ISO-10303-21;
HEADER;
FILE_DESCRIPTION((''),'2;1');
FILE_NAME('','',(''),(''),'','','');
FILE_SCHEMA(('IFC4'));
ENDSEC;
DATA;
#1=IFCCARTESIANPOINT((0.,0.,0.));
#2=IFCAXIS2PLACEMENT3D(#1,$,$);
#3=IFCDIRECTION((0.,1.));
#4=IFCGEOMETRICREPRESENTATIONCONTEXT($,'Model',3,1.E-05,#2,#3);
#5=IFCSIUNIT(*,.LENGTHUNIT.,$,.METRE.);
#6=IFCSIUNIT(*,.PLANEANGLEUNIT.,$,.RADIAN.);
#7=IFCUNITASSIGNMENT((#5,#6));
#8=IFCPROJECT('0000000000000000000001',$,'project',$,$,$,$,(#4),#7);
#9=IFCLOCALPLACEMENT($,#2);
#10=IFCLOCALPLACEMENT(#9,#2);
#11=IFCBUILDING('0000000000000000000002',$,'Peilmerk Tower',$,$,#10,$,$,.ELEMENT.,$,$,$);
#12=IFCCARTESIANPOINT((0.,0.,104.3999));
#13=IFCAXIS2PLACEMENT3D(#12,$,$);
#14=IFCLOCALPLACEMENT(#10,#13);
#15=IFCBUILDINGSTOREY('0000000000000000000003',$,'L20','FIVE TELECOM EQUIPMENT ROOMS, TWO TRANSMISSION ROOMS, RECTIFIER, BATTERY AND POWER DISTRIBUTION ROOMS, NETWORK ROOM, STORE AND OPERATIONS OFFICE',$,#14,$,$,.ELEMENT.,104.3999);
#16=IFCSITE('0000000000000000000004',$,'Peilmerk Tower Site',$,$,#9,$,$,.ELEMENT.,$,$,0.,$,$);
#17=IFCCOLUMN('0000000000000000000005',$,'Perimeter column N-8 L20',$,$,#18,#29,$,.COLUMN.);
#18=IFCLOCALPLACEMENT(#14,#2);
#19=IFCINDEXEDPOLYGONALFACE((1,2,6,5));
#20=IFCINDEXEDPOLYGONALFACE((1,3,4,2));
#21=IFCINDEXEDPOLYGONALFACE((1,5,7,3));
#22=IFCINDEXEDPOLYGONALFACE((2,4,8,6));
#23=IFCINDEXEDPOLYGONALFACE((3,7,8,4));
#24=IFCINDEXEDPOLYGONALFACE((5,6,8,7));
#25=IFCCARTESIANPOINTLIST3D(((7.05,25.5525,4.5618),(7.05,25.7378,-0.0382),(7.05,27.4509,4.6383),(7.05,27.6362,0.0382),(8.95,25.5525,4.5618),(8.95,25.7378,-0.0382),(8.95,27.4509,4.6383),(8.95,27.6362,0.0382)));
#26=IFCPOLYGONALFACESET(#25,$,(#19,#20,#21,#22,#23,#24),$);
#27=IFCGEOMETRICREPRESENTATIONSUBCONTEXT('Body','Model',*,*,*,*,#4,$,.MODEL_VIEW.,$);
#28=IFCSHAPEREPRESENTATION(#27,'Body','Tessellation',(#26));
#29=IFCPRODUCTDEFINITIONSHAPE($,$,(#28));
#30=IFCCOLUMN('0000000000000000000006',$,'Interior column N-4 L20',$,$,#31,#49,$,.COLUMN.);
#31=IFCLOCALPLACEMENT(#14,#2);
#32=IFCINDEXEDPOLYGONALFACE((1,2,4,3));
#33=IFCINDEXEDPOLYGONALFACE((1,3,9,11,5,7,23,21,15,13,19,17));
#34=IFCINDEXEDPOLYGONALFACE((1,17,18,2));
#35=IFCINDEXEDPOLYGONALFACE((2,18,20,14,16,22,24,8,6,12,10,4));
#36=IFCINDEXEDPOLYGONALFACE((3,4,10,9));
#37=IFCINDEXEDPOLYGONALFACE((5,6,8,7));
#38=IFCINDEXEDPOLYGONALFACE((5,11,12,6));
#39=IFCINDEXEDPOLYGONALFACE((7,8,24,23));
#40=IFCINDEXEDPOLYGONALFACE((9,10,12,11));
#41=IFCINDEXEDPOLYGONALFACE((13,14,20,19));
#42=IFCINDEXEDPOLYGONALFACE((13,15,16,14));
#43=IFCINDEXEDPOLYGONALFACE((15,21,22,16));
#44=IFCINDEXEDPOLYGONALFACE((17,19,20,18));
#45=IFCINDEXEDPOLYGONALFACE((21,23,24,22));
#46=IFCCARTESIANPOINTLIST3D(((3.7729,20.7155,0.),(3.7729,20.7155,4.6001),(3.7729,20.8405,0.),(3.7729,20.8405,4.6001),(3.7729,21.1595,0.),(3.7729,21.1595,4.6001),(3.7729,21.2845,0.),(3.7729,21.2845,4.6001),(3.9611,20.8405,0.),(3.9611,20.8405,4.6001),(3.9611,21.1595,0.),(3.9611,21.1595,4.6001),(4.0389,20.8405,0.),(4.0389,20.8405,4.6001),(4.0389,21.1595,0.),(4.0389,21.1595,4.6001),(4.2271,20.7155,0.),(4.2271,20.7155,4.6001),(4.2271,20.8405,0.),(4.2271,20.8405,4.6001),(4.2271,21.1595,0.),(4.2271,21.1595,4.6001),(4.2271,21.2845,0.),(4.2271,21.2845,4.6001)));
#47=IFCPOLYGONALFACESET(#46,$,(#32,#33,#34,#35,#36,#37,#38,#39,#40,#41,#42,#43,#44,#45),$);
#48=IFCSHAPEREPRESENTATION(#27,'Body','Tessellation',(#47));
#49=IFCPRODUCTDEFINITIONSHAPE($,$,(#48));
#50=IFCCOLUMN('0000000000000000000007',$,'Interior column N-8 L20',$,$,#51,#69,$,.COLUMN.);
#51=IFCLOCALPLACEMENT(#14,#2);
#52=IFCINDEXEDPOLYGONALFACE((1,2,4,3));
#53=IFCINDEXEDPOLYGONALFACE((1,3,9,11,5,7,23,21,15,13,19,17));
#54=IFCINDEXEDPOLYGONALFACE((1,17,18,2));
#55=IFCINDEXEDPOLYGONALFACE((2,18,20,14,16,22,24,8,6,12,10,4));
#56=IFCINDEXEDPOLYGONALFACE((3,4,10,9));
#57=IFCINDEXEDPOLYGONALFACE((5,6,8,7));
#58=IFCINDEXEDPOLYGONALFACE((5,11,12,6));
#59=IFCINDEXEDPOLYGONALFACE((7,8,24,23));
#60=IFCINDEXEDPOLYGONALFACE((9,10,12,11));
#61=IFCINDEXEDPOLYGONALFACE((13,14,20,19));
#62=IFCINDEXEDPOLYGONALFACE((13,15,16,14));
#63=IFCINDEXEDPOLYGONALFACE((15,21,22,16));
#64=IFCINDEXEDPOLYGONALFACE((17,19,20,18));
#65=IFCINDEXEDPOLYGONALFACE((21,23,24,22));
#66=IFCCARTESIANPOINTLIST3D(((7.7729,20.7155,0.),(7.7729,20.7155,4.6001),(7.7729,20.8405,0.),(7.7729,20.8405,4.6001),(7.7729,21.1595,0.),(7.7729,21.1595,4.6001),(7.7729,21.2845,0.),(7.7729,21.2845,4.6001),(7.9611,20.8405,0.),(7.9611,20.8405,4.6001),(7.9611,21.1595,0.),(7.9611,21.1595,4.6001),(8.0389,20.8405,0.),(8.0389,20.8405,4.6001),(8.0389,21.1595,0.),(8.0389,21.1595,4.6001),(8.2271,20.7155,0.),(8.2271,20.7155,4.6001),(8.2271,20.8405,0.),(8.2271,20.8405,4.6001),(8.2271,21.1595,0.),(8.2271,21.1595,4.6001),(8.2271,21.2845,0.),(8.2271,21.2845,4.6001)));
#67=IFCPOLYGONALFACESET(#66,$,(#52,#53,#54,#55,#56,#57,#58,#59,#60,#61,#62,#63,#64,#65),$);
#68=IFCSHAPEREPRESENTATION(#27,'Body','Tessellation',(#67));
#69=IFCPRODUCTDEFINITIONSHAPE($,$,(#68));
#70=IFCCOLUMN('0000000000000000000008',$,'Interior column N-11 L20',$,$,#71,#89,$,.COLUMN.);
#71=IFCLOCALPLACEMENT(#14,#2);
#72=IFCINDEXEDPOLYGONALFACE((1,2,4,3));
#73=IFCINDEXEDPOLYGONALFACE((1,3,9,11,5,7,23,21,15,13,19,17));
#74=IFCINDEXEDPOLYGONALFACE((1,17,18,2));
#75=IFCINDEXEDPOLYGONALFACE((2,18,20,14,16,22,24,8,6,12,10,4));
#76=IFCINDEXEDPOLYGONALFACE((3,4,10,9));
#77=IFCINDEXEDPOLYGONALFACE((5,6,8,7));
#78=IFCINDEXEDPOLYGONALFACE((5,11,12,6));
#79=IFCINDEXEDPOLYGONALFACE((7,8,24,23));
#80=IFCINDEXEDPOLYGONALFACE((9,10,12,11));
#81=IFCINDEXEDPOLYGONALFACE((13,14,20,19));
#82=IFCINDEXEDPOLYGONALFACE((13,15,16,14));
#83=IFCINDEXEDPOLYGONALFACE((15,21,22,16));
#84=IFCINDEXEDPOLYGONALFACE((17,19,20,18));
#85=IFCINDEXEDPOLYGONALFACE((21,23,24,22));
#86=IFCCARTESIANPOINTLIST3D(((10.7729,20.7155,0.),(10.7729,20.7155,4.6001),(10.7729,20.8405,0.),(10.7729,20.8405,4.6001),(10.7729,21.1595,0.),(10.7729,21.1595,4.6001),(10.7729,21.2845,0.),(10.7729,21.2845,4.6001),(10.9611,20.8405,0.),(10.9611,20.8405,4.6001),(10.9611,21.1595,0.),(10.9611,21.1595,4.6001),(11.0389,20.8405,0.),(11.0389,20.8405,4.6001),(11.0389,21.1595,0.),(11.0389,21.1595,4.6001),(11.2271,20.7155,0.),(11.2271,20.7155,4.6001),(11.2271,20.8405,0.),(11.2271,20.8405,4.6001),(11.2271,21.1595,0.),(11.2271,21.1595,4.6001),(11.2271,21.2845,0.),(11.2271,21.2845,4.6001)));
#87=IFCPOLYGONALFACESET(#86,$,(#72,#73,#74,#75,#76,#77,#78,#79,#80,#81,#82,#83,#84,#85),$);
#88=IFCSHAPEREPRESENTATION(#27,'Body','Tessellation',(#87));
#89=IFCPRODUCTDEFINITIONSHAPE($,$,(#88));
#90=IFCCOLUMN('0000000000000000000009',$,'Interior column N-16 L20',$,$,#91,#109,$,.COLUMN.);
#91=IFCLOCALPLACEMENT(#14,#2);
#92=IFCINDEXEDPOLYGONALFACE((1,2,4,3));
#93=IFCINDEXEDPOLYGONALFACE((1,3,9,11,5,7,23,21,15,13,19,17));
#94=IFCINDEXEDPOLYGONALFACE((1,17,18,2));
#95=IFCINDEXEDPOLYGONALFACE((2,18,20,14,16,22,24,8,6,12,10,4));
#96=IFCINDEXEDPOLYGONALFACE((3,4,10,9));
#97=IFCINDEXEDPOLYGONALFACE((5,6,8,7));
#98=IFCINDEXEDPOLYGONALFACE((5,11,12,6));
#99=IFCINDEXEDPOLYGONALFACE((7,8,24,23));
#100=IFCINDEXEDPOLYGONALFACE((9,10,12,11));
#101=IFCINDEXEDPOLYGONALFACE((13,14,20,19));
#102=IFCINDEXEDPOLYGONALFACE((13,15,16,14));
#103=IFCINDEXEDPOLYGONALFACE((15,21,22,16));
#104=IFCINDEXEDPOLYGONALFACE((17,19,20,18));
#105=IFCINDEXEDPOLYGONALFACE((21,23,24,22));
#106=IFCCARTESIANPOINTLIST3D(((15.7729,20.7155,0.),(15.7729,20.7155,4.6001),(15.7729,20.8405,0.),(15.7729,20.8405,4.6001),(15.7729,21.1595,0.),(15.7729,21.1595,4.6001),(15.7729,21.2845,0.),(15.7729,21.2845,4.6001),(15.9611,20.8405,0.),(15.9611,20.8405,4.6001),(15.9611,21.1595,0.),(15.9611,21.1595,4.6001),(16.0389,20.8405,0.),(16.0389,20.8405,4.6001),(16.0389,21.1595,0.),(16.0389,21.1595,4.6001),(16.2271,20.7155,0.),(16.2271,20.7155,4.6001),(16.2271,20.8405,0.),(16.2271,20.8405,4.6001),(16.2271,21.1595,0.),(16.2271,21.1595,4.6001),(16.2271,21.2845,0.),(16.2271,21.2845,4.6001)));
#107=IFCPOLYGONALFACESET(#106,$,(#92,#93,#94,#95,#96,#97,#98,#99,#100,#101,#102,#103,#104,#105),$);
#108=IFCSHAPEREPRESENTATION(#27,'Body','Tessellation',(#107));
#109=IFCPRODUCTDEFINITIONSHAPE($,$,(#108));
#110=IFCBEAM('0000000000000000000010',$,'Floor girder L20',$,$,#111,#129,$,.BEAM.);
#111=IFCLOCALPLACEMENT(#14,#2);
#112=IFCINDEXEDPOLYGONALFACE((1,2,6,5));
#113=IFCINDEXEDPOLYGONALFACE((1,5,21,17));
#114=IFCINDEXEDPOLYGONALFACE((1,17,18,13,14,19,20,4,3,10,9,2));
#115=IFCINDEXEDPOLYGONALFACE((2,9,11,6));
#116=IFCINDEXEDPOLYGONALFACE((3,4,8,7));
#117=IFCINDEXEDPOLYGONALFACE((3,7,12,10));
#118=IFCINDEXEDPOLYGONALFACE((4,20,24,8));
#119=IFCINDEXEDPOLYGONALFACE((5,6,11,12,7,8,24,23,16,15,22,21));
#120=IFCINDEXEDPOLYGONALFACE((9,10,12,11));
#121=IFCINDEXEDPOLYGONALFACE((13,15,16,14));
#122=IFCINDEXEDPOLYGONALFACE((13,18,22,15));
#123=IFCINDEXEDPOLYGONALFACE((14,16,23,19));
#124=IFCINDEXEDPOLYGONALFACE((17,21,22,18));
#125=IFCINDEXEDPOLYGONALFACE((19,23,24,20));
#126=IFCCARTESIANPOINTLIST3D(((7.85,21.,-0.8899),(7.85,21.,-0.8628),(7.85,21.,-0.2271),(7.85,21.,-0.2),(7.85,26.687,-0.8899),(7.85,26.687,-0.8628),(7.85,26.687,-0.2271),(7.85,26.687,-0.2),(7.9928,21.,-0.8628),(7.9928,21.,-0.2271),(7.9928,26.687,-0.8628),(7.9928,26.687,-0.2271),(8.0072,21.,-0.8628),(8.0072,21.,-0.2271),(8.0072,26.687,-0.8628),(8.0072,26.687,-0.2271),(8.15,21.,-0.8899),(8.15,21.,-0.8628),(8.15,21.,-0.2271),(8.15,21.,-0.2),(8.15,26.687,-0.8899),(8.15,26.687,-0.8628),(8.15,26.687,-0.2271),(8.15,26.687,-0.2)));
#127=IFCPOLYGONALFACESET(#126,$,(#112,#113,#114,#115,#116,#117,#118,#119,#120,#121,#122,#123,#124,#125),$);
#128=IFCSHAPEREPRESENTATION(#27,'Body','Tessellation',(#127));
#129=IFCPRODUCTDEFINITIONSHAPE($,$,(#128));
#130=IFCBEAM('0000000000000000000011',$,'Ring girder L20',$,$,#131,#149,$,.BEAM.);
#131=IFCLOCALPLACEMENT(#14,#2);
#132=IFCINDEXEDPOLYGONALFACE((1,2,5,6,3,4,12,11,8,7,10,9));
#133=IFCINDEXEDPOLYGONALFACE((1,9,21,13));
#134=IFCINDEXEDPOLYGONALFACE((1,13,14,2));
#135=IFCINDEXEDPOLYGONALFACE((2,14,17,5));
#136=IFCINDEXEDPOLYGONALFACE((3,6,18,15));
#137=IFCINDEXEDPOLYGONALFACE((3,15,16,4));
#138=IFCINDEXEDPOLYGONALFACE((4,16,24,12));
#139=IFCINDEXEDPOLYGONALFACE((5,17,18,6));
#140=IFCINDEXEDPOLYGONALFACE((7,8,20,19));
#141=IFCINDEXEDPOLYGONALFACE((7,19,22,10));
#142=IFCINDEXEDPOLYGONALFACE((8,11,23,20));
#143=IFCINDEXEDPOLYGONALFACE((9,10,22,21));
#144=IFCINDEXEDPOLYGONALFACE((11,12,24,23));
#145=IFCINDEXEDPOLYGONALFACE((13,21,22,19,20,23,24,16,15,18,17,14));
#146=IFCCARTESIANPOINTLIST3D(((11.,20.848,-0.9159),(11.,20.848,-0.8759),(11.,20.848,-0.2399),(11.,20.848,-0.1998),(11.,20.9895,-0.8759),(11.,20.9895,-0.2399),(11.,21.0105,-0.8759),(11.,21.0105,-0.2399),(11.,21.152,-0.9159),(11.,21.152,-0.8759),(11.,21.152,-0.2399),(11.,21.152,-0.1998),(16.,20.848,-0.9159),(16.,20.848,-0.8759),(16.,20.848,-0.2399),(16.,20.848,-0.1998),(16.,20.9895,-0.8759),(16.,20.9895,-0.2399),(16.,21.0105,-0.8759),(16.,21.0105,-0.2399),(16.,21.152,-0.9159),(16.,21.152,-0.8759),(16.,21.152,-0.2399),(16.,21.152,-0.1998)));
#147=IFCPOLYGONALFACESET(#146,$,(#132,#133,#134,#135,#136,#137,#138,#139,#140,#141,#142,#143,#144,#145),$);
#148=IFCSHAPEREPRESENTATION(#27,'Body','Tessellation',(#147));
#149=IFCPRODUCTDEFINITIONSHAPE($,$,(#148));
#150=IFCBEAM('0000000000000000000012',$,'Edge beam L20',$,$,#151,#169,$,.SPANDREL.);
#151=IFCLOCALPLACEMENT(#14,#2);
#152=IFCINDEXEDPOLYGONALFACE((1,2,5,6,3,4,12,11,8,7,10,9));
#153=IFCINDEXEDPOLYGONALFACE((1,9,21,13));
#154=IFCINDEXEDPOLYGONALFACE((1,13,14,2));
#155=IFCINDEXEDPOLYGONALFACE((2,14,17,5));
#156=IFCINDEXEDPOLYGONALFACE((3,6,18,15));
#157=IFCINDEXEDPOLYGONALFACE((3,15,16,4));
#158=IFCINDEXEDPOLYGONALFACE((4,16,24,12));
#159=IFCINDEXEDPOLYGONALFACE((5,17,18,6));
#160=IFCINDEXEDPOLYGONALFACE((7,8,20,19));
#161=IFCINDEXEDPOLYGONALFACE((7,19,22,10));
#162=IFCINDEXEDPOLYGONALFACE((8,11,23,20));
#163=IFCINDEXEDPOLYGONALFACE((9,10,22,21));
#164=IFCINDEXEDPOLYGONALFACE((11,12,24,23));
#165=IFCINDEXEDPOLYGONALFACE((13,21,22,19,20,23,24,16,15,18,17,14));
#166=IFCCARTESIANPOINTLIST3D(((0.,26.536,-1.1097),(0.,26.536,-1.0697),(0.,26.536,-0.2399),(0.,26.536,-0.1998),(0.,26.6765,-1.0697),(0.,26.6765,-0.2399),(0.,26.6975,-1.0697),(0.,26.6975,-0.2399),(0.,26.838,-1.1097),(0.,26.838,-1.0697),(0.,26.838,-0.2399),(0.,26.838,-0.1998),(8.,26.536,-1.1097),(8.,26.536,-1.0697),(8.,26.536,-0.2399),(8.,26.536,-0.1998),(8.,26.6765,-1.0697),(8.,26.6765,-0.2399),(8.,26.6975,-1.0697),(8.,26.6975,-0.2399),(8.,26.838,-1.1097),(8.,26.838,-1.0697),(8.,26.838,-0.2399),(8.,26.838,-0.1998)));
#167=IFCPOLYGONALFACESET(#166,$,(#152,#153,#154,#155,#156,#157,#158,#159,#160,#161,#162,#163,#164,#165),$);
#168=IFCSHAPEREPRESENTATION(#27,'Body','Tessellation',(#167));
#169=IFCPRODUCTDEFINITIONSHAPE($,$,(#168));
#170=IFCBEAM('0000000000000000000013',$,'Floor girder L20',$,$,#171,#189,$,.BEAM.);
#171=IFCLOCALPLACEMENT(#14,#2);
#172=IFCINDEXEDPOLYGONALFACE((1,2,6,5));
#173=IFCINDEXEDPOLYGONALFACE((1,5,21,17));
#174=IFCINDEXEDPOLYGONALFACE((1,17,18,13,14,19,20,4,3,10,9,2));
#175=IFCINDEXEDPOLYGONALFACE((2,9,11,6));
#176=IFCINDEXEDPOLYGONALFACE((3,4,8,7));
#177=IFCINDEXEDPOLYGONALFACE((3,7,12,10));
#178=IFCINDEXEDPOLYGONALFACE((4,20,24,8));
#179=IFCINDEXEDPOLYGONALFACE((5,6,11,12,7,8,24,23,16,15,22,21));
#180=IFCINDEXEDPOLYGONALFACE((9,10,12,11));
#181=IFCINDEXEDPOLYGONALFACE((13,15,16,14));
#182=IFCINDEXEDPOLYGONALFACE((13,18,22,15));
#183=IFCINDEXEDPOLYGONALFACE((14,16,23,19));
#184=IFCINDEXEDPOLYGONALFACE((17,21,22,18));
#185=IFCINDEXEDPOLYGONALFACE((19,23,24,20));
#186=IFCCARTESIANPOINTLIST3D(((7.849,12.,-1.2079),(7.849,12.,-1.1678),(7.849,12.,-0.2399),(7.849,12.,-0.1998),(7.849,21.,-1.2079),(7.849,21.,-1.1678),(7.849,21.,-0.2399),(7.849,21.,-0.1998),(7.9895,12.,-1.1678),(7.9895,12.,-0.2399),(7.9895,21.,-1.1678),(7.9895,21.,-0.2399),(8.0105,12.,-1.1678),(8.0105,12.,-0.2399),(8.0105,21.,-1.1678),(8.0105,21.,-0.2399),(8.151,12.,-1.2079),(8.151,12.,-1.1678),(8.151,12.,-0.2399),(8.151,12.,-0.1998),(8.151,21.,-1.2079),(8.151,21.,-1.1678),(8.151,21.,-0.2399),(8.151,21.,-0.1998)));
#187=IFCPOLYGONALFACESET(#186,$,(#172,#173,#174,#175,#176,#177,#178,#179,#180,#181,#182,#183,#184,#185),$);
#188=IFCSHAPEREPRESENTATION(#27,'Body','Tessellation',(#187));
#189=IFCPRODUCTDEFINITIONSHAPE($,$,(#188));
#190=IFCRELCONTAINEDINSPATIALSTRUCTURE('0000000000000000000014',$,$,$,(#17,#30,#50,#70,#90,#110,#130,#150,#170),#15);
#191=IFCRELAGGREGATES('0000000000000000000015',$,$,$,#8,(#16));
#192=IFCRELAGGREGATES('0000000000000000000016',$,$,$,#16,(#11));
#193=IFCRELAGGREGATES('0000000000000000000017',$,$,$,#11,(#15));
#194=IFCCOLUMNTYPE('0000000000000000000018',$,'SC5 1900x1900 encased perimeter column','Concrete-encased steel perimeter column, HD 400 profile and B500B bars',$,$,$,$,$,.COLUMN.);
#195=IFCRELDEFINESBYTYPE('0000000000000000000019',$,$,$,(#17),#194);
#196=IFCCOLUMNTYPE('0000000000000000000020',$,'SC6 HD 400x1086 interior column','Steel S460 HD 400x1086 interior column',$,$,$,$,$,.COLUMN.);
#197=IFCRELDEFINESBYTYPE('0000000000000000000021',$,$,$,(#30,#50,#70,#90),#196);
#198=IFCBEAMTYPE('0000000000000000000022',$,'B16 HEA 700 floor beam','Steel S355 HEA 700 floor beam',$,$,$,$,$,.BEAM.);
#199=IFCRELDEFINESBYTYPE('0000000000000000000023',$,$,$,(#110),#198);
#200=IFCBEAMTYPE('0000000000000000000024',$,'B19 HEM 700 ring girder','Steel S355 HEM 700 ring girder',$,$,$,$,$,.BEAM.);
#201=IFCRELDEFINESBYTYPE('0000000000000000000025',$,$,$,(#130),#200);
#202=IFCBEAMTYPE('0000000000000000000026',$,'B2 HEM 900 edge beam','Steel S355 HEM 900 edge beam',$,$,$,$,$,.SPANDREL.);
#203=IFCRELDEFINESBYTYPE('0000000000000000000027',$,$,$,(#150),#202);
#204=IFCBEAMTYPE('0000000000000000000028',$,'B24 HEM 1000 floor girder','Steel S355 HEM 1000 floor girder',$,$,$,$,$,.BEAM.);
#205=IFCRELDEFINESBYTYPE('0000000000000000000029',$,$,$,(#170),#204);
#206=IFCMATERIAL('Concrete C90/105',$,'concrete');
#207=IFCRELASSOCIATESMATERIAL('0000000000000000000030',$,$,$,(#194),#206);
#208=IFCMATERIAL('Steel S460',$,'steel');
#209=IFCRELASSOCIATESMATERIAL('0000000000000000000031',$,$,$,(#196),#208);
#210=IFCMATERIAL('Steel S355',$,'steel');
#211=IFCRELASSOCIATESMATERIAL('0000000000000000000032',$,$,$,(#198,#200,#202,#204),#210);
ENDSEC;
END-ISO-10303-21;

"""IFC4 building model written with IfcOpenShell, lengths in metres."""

from ifc_helpers import new_model, si_unit, direction, frame, origin, origin_2d, place, context, subcontext, project, spatial, rectangle, i_section, extrude, material, material_profile, profile_set, type_object, element, save


model = new_model("IFC4")

# Units and contexts
model_context = context("Model", 3, precision=1e-05, world=origin(), true_north=direction((0.0, 1.0)))
body_context = subcontext(model_context, "Body", "Model", "MODEL_VIEW")
ifc_project = project(units=[si_unit("LENGTHUNIT", "METRE"), si_unit("PLANEANGLEUNIT", "RADIAN")], contexts=[model_context])

# Site, building, storey
site_placement = place(None, origin())
site = spatial("IfcSite", under=ifc_project, at=site_placement, Name="Peilmerk Tower Site", CompositionType="ELEMENT", RefElevation=0.0)
building_placement = place(site_placement, origin())
building = spatial("IfcBuilding", under=site, at=building_placement, Name="Peilmerk Tower", CompositionType="ELEMENT")
storey_placement = place(building_placement, frame((0.0, 0.0, 104.3999)))
storey = spatial("IfcBuildingStorey", under=building, at=storey_placement, Name="L20", Description="FIVE TELECOM EQUIPMENT ROOMS, TWO TRANSMISSION ROOMS, RECTIFIER, BATTERY AND POWER DISTRIBUTION ROOMS, NETWORK ROOM, STORE AND OPERATIONS OFFICE", CompositionType="ELEMENT", Elevation=104.3999)

# Columns
ifc_material_1 = material(Name="Concrete C90/105", Category="concrete")
ifc_material_profile_1 = material_profile(ifc_material_1, rectangle(XDim=1.8999, YDim=1.8999, at=origin_2d()), Name="RC 1900x1900")
ifc_profile_set_1 = profile_set([ifc_material_profile_1], Name="Concrete C90/105")
column_type_1 = type_object("IfcColumnType", Name="SC5 1900x1900 encased perimeter column", Description="Concrete-encased steel perimeter column, HD 400 profile and B500B bars", PredefinedType="COLUMN", material=ifc_profile_set_1)
column_placement = place(storey_placement, frame((8.0, 26.687, 0.0), z_axis=(0.0, -0.04025, 0.99919), x_axis=(1.0, 0.0, 0.0)))
element("IfcColumn", 1, at=column_placement, inside=storey, type_object=column_type_1, Name="Perimeter column N-8 L20", PredefinedType="COLUMN", context=body_context, shape_type="SweptSolid", body=[
    extrude(rectangle(XDim=1.8999, YDim=1.8999, at=origin_2d()), origin(), (0.0, 0.0, 1.0), 4.6038),
])
ifc_material_2 = material(Name="Steel S460", Category="steel")
ifc_material_profile_2 = material_profile(ifc_material_2, i_section(OverallWidth=0.4541, OverallDepth=0.5691, WebThickness=0.0779, FlangeThickness=0.125, at=origin_2d()), Name="HD 400x1086")
ifc_profile_set_2 = profile_set([ifc_material_profile_2], Name="Steel S460")
column_type_2 = type_object("IfcColumnType", Name="SC6 HD 400x1086 interior column", Description="Steel S460 HD 400x1086 interior column", PredefinedType="COLUMN", material=ifc_profile_set_2)
for number, where, z_axis, x_axis, name in (
    (2, (4.0, 21.0, 0.0), (0.0, 0.0, 1.0), (1.0, 0.0, 0.0), "Interior column N-4 L20"),
    (3, (8.0, 21.0, 0.0), (0.0, 0.0, 1.0), (1.0, 0.0, 0.0), "Interior column N-8 L20"),
    (4, (11.0, 21.0, 0.0), (0.0, 0.0, 1.0), (1.0, 0.0, 0.0), "Interior column N-11 L20"),
    (5, (16.0, 21.0, 0.0), (0.0, 0.0, 1.0), (1.0, 0.0, 0.0), "Interior column N-16 L20"),
):
    element("IfcColumn", number, at=place(storey_placement, frame(where, z_axis=z_axis, x_axis=x_axis)), inside=storey, type_object=column_type_2, Name=name, PredefinedType="COLUMN", context=body_context, shape_type="SweptSolid", body=[
        extrude(i_section(OverallWidth=0.4541, OverallDepth=0.5691, WebThickness=0.0779, FlangeThickness=0.125, at=origin_2d()), origin(), (0.0, 0.0, 1.0), 4.6001),
    ])

# Beams
ifc_material_3 = material(Name="Steel S355", Category="steel")
ifc_material_profile_3 = material_profile(ifc_material_3, i_section(OverallWidth=0.3, OverallDepth=0.6899, WebThickness=0.0144, FlangeThickness=0.0271, at=origin_2d()), Name="HEA 700")
ifc_profile_set_3 = profile_set([ifc_material_profile_3], Name="Steel S355")
beam_type_1 = type_object("IfcBeamType", Name="B16 HEA 700 floor beam", Description="Steel S355 HEA 700 floor beam", PredefinedType="BEAM", material=ifc_profile_set_3)
beam_1_placement = place(storey_placement, frame((8.0, 21.0, -0.5449), z_axis=(0.0, 1.0, 0.0), x_axis=(-1.0, 0.0, 0.0)))
element("IfcBeam", 6, at=beam_1_placement, inside=storey, type_object=beam_type_1, Name="Floor girder L20", PredefinedType="BEAM", context=body_context, shape_type="SweptSolid", body=[
    extrude(i_section(OverallWidth=0.3, OverallDepth=0.6899, WebThickness=0.0144, FlangeThickness=0.0271, at=origin_2d()), origin(), (0.0, 0.0, 1.0), 5.687),
])
ifc_material_profile_4 = material_profile(ifc_material_3, i_section(OverallWidth=0.304, OverallDepth=0.7161, WebThickness=0.021, FlangeThickness=0.04, at=origin_2d()), Name="HEM 700")
ifc_profile_set_4 = profile_set([ifc_material_profile_4], Name="Steel S355")
beam_type_2 = type_object("IfcBeamType", Name="B19 HEM 700 ring girder", Description="Steel S355 HEM 700 ring girder", PredefinedType="BEAM", material=ifc_profile_set_4)
beam_2_placement = place(storey_placement, frame((16.0, 21.0, -0.5579), z_axis=(-1.0, 0.0, 0.0), x_axis=(0.0, -1.0, 0.0)))
element("IfcBeam", 7, at=beam_2_placement, inside=storey, type_object=beam_type_2, Name="Ring girder L20", PredefinedType="BEAM", context=body_context, shape_type="SweptSolid", body=[
    extrude(i_section(OverallWidth=0.304, OverallDepth=0.7161, WebThickness=0.021, FlangeThickness=0.04, at=origin_2d()), origin(), (0.0, 0.0, 1.0), 5.0),
])
ifc_material_profile_5 = material_profile(ifc_material_3, i_section(OverallWidth=0.302, OverallDepth=0.9099, WebThickness=0.021, FlangeThickness=0.04, at=origin_2d()), Name="HEM 900")
ifc_profile_set_5 = profile_set([ifc_material_profile_5], Name="Steel S355")
beam_type_3 = type_object("IfcBeamType", Name="B2 HEM 900 edge beam", Description="Steel S355 HEM 900 edge beam", PredefinedType="SPANDREL", material=ifc_profile_set_5)
beam_3_placement = place(storey_placement, frame((8.0, 26.687, -0.6548), z_axis=(-1.0, 0.0, 0.0), x_axis=(0.0, -1.0, 0.0)))
element("IfcBeam", 8, at=beam_3_placement, inside=storey, type_object=beam_type_3, Name="Edge beam L20", PredefinedType="SPANDREL", context=body_context, shape_type="SweptSolid", body=[
    extrude(i_section(OverallWidth=0.302, OverallDepth=0.9099, WebThickness=0.021, FlangeThickness=0.04, at=origin_2d()), origin(), (0.0, 0.0, 1.0), 8.0),
])
ifc_material_profile_6 = material_profile(ifc_material_3, i_section(OverallWidth=0.302, OverallDepth=1.0081, WebThickness=0.021, FlangeThickness=0.04, at=origin_2d()), Name="HEM 1000")
ifc_profile_set_6 = profile_set([ifc_material_profile_6], Name="Steel S355")
beam_type_4 = type_object("IfcBeamType", Name="B24 HEM 1000 floor girder", Description="Steel S355 HEM 1000 floor girder", PredefinedType="BEAM", material=ifc_profile_set_6)
beam_4_placement = place(storey_placement, frame((8.0, 12.0, -0.7039), z_axis=(0.0, 1.0, 0.0), x_axis=(-1.0, 0.0, 0.0)))
element("IfcBeam", 9, at=beam_4_placement, inside=storey, type_object=beam_type_4, Name="Floor girder L20", PredefinedType="BEAM", context=body_context, shape_type="SweptSolid", body=[
    extrude(i_section(OverallWidth=0.302, OverallDepth=1.0081, WebThickness=0.021, FlangeThickness=0.04, at=origin_2d()), origin(), (0.0, 0.0, 1.0), 9.0),
])

save(model, "model.ifc")
